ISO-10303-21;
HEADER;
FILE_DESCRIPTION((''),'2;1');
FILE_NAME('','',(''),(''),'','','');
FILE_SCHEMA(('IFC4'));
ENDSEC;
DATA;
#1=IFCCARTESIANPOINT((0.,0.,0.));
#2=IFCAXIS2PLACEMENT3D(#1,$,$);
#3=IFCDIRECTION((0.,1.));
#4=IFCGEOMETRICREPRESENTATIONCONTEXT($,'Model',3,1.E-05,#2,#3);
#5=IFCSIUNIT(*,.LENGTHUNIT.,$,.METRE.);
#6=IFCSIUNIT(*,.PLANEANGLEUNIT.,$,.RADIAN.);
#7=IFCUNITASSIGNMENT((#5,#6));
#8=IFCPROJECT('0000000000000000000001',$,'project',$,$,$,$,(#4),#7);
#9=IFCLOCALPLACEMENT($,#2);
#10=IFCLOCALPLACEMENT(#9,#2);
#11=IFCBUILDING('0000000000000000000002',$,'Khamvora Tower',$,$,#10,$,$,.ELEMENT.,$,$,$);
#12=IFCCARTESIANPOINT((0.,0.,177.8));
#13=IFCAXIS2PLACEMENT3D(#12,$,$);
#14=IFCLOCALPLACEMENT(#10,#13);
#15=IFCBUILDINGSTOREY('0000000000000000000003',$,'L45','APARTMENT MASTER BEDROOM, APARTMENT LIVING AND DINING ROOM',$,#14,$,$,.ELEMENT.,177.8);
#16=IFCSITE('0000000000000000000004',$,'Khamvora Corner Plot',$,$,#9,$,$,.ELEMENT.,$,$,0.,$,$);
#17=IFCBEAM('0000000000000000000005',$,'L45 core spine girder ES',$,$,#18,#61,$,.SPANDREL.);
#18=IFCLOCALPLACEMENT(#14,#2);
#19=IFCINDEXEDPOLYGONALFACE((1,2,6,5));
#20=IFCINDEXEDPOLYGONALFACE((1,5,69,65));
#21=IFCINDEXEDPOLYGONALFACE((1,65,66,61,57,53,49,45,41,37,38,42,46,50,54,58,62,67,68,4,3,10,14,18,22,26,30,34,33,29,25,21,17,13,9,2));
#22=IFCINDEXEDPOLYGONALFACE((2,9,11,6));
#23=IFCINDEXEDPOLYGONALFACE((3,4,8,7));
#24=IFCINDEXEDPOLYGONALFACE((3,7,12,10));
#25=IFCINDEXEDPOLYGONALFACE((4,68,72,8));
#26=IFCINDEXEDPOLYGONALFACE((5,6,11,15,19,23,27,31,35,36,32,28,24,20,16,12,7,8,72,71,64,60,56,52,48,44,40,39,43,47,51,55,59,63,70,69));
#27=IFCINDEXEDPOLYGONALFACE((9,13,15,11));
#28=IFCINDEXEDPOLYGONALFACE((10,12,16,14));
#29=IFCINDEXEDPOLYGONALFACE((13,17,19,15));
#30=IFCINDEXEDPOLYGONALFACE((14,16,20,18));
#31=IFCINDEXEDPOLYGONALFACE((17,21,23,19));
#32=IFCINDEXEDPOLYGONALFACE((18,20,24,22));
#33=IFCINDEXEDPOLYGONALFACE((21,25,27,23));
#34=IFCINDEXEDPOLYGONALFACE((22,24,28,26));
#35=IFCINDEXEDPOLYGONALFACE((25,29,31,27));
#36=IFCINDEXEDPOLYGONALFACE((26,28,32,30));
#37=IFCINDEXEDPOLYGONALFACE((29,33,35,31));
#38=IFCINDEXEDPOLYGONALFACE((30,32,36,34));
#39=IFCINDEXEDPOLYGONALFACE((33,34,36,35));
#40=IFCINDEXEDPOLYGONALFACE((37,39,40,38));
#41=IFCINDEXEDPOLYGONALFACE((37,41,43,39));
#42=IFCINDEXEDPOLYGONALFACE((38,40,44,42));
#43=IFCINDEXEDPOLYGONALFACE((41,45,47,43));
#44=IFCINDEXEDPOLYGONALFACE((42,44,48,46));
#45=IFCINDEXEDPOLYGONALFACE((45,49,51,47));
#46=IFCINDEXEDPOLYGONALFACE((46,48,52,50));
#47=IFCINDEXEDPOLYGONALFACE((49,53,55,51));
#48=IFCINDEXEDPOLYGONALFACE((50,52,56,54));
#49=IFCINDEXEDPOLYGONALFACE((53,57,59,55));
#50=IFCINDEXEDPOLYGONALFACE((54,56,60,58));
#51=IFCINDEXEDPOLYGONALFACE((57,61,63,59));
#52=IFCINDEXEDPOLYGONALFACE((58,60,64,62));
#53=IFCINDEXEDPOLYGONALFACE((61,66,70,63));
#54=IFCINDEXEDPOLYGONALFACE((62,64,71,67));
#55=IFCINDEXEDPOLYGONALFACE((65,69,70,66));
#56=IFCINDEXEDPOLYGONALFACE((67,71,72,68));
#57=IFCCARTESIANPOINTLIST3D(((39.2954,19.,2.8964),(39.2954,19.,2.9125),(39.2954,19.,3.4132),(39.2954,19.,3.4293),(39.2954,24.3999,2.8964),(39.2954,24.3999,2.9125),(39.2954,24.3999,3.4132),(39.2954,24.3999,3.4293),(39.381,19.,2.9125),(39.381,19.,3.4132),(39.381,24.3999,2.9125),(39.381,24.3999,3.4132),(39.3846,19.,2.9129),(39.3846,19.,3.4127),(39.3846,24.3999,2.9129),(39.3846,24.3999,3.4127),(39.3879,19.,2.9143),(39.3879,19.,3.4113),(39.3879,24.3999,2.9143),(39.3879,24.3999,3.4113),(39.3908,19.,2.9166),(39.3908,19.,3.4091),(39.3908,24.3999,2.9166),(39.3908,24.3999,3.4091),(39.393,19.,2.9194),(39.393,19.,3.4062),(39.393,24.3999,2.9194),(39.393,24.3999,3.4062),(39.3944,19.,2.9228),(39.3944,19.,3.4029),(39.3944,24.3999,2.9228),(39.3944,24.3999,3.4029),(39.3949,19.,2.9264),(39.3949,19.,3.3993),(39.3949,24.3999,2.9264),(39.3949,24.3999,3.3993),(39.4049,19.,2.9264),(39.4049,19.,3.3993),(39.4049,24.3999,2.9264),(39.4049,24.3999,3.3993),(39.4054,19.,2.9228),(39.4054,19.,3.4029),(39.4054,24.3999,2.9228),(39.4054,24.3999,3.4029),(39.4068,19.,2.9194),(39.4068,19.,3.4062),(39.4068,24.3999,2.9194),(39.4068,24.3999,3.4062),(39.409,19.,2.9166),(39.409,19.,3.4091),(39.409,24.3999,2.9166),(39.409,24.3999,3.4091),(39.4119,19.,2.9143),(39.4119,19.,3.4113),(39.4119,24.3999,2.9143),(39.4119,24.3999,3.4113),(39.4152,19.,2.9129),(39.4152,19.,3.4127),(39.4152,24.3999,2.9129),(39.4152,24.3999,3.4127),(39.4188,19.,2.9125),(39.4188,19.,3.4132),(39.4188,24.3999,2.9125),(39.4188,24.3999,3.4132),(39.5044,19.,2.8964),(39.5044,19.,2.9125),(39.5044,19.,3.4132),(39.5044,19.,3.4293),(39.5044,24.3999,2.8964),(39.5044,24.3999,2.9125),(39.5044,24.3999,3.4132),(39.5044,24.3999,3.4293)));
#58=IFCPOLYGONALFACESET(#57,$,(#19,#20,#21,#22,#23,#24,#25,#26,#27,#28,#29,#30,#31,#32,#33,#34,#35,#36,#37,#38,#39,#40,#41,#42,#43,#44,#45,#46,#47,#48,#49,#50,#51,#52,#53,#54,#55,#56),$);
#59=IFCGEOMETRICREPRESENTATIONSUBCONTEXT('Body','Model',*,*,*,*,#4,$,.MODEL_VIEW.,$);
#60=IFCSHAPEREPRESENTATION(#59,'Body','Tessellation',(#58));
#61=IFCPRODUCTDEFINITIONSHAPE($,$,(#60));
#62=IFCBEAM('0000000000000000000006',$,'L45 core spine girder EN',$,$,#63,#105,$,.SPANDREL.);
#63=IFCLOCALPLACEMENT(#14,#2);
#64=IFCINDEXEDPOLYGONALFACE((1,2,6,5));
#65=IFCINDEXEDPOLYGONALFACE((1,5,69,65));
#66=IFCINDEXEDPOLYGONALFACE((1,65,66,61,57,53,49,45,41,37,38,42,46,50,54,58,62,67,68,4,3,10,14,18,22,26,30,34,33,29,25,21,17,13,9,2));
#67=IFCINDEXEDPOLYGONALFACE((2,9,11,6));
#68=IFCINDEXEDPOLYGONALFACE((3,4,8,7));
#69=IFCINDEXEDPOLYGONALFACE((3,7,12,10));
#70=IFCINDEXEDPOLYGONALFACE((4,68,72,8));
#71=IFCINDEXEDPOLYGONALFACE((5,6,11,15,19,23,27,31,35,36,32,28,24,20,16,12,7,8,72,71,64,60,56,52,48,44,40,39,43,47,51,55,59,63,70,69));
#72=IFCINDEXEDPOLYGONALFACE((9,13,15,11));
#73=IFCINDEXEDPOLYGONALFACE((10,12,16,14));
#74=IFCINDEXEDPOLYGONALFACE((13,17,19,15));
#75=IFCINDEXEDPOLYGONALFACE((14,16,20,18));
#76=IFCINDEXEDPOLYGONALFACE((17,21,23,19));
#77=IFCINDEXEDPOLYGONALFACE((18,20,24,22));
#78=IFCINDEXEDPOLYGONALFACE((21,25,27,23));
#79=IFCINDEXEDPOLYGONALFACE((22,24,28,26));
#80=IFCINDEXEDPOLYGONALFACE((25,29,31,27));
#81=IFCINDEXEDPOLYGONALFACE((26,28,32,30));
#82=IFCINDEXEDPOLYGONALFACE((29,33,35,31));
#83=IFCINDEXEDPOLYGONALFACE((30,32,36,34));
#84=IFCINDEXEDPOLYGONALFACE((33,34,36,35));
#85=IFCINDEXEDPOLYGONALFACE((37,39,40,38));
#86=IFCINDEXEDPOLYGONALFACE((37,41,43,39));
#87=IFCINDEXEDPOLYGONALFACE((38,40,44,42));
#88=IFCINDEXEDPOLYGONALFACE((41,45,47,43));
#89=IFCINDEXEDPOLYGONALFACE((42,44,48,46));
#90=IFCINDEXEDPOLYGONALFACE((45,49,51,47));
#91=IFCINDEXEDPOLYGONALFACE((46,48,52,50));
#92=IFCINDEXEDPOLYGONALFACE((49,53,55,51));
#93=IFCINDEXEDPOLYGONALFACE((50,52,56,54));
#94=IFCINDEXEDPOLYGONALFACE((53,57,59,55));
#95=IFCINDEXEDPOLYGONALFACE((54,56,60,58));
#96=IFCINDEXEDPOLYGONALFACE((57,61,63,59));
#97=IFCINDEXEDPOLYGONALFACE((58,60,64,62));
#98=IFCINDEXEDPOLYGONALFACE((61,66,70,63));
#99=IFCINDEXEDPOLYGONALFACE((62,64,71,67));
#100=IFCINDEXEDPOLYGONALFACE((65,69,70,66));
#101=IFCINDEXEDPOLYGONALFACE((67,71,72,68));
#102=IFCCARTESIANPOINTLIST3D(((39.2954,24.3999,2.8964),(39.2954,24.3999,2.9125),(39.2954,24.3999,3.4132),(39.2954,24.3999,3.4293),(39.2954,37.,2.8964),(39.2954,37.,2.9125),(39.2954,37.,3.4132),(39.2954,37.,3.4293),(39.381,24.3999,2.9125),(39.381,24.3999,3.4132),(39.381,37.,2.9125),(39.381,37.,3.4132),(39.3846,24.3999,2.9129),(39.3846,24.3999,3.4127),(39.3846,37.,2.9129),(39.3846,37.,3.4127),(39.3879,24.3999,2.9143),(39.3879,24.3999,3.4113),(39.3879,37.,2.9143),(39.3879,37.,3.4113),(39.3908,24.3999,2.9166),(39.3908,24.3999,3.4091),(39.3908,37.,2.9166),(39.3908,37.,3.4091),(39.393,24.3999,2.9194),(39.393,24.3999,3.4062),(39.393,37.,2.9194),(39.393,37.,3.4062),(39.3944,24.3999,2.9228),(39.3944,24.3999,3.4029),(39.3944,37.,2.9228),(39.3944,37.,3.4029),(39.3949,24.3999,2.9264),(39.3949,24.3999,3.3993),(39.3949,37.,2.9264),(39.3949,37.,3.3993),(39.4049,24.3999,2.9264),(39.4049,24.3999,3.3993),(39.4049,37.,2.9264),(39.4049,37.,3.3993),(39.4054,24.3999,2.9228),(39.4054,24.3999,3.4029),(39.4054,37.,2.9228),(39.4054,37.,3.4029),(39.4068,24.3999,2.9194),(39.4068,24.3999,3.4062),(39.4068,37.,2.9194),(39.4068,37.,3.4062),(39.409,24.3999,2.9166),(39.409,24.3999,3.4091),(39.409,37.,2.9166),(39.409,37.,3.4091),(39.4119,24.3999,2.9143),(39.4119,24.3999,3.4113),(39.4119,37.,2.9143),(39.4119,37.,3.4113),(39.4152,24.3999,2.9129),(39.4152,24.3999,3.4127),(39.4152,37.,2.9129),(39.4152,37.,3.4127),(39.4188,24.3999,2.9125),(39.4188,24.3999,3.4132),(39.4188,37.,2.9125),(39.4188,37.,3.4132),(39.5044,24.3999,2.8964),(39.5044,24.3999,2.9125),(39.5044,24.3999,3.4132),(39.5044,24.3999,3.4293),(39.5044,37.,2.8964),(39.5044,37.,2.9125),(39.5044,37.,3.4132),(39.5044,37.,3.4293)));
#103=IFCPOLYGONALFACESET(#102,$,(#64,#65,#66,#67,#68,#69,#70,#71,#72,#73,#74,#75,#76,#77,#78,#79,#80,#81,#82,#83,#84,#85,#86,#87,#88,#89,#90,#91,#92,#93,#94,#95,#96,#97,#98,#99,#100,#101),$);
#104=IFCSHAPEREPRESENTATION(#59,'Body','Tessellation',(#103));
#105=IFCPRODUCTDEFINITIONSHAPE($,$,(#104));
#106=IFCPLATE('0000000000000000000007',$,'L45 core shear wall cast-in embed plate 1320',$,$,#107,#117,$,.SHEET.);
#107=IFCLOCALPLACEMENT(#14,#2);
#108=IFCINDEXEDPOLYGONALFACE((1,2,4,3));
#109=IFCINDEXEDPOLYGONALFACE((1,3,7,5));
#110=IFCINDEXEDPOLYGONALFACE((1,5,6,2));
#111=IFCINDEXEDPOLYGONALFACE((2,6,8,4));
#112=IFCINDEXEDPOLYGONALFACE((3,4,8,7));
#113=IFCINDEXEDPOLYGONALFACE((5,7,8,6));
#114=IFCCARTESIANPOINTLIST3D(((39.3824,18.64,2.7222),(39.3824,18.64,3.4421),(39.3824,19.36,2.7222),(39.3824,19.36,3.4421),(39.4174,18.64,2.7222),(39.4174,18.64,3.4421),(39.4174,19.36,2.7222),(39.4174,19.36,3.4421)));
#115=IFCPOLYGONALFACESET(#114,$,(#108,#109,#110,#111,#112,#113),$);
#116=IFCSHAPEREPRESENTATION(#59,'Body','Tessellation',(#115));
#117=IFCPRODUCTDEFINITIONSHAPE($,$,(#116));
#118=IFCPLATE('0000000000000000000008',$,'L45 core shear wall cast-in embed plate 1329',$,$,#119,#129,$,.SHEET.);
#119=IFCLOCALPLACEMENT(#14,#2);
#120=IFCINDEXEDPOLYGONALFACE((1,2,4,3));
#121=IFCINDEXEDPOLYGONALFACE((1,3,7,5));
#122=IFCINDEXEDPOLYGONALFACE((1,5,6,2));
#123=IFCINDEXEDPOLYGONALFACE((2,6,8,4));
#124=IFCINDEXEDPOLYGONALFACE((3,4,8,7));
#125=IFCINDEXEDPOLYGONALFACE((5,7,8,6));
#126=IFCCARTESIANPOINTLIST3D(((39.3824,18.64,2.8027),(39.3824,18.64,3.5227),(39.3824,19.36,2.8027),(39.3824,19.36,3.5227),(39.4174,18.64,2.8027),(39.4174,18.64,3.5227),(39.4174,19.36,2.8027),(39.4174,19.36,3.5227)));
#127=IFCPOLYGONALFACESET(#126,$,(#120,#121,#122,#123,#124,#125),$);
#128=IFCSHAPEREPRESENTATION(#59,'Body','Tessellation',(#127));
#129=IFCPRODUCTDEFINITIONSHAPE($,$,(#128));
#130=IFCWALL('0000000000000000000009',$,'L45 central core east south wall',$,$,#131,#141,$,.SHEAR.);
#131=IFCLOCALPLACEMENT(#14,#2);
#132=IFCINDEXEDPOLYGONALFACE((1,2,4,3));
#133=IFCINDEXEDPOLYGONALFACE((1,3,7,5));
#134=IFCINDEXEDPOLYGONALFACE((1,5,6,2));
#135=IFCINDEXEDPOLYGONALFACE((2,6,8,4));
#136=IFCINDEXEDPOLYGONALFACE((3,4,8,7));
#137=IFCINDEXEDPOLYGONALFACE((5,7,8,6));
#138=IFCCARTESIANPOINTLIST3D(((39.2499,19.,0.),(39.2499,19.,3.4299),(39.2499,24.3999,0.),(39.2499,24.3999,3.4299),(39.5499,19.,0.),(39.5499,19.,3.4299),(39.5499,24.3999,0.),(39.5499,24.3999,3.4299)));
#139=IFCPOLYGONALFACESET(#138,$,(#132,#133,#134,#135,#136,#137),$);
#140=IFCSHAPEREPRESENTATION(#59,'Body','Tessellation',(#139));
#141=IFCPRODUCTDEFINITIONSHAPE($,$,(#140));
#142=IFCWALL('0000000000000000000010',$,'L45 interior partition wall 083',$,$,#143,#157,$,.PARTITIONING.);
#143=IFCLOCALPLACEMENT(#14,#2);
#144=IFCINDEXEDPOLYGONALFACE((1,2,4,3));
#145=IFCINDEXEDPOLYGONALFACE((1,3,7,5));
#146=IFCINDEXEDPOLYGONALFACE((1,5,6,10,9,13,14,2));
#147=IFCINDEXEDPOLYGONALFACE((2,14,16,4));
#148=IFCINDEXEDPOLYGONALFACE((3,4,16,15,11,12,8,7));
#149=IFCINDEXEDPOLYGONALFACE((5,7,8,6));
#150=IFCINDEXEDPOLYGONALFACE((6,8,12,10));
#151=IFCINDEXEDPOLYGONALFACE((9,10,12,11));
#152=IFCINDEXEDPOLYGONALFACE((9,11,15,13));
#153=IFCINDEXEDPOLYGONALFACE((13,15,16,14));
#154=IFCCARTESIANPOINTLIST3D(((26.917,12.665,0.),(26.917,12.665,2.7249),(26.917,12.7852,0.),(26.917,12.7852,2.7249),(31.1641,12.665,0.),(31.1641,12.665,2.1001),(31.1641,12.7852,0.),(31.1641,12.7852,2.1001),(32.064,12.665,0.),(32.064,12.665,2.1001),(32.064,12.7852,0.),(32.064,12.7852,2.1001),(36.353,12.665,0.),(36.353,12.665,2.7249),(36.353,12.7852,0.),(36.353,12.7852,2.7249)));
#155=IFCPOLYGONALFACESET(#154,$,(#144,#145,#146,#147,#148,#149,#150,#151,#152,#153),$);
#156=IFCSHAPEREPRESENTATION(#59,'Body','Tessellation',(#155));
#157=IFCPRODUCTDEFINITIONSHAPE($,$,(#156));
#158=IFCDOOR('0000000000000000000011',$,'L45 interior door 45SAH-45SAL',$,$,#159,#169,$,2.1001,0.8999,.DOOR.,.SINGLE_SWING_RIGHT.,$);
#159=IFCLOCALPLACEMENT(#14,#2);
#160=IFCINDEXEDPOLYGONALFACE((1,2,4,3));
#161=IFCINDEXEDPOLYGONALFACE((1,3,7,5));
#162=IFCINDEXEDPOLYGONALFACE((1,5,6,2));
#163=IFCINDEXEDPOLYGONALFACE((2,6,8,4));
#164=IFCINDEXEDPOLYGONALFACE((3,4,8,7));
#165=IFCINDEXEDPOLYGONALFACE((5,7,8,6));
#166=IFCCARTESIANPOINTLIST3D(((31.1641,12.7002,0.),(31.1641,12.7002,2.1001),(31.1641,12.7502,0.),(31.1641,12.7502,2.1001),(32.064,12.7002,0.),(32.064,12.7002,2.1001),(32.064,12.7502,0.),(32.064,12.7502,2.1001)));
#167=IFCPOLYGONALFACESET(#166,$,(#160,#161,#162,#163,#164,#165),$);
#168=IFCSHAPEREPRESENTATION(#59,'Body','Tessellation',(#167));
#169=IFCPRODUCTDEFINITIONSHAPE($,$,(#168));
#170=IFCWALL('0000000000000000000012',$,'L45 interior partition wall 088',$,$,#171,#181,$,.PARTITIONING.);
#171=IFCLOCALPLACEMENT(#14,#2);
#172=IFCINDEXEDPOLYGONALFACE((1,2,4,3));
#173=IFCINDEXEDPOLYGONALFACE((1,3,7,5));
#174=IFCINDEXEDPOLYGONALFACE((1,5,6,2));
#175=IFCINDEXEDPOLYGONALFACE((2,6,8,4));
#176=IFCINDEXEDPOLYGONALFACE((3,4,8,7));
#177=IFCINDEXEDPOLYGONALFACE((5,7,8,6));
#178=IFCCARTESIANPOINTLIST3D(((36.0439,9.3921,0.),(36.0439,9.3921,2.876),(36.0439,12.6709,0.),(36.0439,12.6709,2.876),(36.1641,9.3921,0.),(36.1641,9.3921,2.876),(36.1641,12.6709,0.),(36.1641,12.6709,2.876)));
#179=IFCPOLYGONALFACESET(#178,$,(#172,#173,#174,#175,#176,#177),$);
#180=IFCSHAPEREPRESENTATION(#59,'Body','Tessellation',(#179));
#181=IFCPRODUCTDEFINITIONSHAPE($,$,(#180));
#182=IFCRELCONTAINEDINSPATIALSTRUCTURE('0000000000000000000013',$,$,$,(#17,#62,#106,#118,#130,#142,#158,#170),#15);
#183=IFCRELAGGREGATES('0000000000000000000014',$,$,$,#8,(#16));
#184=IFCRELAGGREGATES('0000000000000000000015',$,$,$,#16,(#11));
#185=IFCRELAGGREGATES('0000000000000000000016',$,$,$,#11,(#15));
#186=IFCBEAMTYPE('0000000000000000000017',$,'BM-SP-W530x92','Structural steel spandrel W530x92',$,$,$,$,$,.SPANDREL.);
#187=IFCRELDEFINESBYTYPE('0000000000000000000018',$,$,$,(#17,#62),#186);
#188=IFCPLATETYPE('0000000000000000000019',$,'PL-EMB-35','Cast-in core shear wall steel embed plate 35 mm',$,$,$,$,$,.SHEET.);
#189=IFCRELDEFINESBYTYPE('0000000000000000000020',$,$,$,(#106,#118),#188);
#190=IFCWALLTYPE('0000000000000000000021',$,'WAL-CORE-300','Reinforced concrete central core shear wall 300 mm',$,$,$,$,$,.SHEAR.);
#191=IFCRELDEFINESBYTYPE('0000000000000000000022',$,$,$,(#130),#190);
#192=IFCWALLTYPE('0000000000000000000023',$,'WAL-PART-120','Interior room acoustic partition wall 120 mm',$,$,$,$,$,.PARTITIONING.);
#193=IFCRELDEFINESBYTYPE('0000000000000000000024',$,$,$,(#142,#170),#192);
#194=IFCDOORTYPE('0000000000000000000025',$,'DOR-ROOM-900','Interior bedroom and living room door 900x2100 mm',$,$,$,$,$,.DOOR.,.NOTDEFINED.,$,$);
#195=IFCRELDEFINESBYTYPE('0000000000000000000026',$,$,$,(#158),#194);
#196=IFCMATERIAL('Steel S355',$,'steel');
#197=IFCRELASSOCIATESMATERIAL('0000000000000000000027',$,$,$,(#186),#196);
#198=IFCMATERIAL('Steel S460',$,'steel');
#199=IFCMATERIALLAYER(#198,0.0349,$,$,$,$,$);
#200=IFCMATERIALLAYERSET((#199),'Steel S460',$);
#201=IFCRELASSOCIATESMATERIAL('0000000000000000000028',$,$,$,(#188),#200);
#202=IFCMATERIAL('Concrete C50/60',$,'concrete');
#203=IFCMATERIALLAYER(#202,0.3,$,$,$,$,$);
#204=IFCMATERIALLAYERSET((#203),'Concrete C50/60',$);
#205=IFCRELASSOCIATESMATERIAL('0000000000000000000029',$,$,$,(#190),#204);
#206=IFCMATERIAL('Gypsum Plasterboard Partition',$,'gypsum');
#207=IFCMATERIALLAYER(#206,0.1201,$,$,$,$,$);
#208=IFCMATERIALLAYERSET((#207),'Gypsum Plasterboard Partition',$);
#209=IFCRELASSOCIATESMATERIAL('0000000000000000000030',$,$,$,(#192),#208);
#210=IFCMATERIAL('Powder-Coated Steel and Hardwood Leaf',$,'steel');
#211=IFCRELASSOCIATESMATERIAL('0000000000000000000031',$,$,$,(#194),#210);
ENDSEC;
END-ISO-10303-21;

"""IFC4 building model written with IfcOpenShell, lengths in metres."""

from ifc_helpers import new_model, si_unit, direction, frame, frame_2d, origin, origin_2d, place, context, subcontext, project, spatial, rectangle, i_section, extrude, material, layer, layer_set, material_profile, profile_set, type_object, element, fill, save


model = new_model("IFC4")

# Units and contexts
model_context = context("Model", 3, precision=1e-05, world=origin(), true_north=direction((0.0, 1.0)))
body_context = subcontext(model_context, "Body", "Model", "MODEL_VIEW")
ifc_project = project(units=[si_unit("LENGTHUNIT", "METRE"), si_unit("PLANEANGLEUNIT", "RADIAN")], contexts=[model_context])

# Site, building, storey
site_placement = place(None, origin())
site = spatial("IfcSite", under=ifc_project, at=site_placement, Name="Khamvora Corner Plot", CompositionType="ELEMENT", RefElevation=0.0)
building_placement = place(site_placement, origin())
building = spatial("IfcBuilding", under=site, at=building_placement, Name="Khamvora Tower", CompositionType="ELEMENT")
storey_placement = place(building_placement, frame((0.0, 0.0, 177.8)))
storey = spatial("IfcBuildingStorey", under=building, at=storey_placement, Name="L45", Description="APARTMENT MASTER BEDROOM, APARTMENT LIVING AND DINING ROOM", CompositionType="ELEMENT", Elevation=177.8)

# Shared definitions
ifc_material_1 = material(Name="Steel S460", Category="steel")

# Beams
ifc_material_2 = material(Name="Steel S355", Category="steel")
ifc_material_profile_1 = material_profile(ifc_material_2, i_section(OverallWidth=0.209, OverallDepth=0.533, WebThickness=0.01, FlangeThickness=0.0161, FilletRadius=0.0139, at=origin_2d()), Name="W530x92")
ifc_profile_set_1 = profile_set([ifc_material_profile_1], Name="Steel S355")
beam_type_1 = type_object("IfcBeamType", Name="BM-SP-W530x92", Description="Structural steel spandrel W530x92", PredefinedType="SPANDREL", material=ifc_profile_set_1)
beam_1_placement = place(storey_placement, frame((39.3999, 19.0, 3.1628), z_axis=(0.0, 1.0, 0.0), x_axis=(-1.0, 0.0, 0.0)))
element("IfcBeam", 1, at=beam_1_placement, inside=storey, type_object=beam_type_1, Name="L45 core spine girder ES", PredefinedType="SPANDREL", context=body_context, shape_type="SweptSolid", body=[
    extrude(i_section(OverallWidth=0.209, OverallDepth=0.533, WebThickness=0.01, FlangeThickness=0.0161, FilletRadius=0.0139, at=origin_2d()), origin(), (0.0, 0.0, 1.0), 5.3999),
])
beam_2_placement = place(storey_placement, frame((39.3999, 24.3999, 3.1628), z_axis=(0.0, 1.0, 0.0), x_axis=(-1.0, 0.0, 0.0)))
element("IfcBeam", 2, at=beam_2_placement, inside=storey, type_object=beam_type_1, Name="L45 core spine girder EN", PredefinedType="SPANDREL", context=body_context, shape_type="SweptSolid", body=[
    extrude(i_section(OverallWidth=0.209, OverallDepth=0.533, WebThickness=0.01, FlangeThickness=0.0161, FilletRadius=0.0139, at=origin_2d()), origin(), (0.0, 0.0, 1.0), 12.6001),
])

# Plates
ifc_layer_1 = layer(ifc_material_1, 0.0349)
ifc_layer_set_1 = layer_set([ifc_layer_1], Name="Steel S460")
plate_type = type_object("IfcPlateType", Name="PL-EMB-35", Description="Cast-in core shear wall steel embed plate 35 mm", PredefinedType="SHEET", material=ifc_layer_set_1)
for number, where, z_axis, x_axis, name in (
    (3, (39.3999, 19.0, 2.7222), (0.0, 0.0, 1.0), (1.0, 0.0, 0.0), "L45 core shear wall cast-in embed plate 1320"),
    (4, (39.3999, 19.0, 2.8027), (0.0, 0.0, 1.0), (1.0, 0.0, 0.0), "L45 core shear wall cast-in embed plate 1329"),
):
    element("IfcPlate", number, at=place(storey_placement, frame(where, z_axis=z_axis, x_axis=x_axis)), inside=storey, type_object=plate_type, Name=name, PredefinedType="SHEET", context=body_context, shape_type="SweptSolid", body=[
        extrude(rectangle(XDim=0.0349, YDim=0.72, at=origin_2d()), origin(), (0.0, 0.0, 1.0), 0.72),
    ])

# Wall
ifc_material_3 = material(Name="Concrete C50/60", Category="concrete")
ifc_layer_2 = layer(ifc_material_3, 0.3)
ifc_layer_set_2 = layer_set([ifc_layer_2], Name="Concrete C50/60")
wall_type_1 = type_object("IfcWallType", Name="WAL-CORE-300", Description="Reinforced concrete central core shear wall 300 mm", PredefinedType="SHEAR", material=ifc_layer_set_2)
wall_1_placement = place(storey_placement, frame((39.3999, 19.0, 0.0), z_axis=(0.0, 0.0, 1.0), x_axis=(0.0, 1.0, 0.0)))
element("IfcWall", 5, at=wall_1_placement, inside=storey, type_object=wall_type_1, Name="L45 central core east south wall", PredefinedType="SHEAR", context=body_context, shape_type="SweptSolid", body=[
    extrude(rectangle(XDim=5.3999, YDim=0.3, at=frame_2d((2.7, 0.0))), origin(), (0.0, 0.0, 1.0), 3.4299),
])

# Shared definitions
ifc_material_4 = material(Name="Powder-Coated Steel and Hardwood Leaf", Category="steel")

# Wall, opening, door
ifc_material_5 = material(Name="Gypsum Plasterboard Partition", Category="gypsum")
ifc_layer_3 = layer(ifc_material_5, 0.1201)
ifc_layer_set_3 = layer_set([ifc_layer_3], Name="Gypsum Plasterboard Partition")
wall_type_2 = type_object("IfcWallType", Name="WAL-PART-120", Description="Interior room acoustic partition wall 120 mm", PredefinedType="PARTITIONING", material=ifc_layer_set_3)
wall_2_placement = place(storey_placement, frame((36.353, 12.7251, 0.0), z_axis=(0.0, 0.0, 1.0), x_axis=(-1.0, 0.0, 0.0)))
wall_2 = element("IfcWall", 6, at=wall_2_placement, inside=storey, type_object=wall_type_2, Name="L45 interior partition wall 083", PredefinedType="PARTITIONING", context=body_context, shape_type="SweptSolid", body=[
    extrude(rectangle(XDim=9.436, YDim=0.1201, at=frame_2d((4.718, 0.0))), origin(), (0.0, 0.0, 1.0), 2.7249),
])
opening_1_placement = place(wall_2_placement, frame((4.2891, 0.0, 0.0)))
opening_1 = element("IfcOpeningElement", 7, at=opening_1_placement, cuts=wall_2, PredefinedType="OPENING", context=body_context, shape_type="SweptSolid", body=[
    extrude(rectangle(XDim=0.8999, YDim=2.1001, at=frame_2d((0.45, 1.05))), frame((0.0, 0.0701, 0.0), z_axis=(0.0, -1.0, 0.0), x_axis=(1.0, 0.0, 0.0)), (0.0, 0.0, 1.0), 0.1401),
])
door_type_1 = type_object("IfcDoorType", Name="DOR-ROOM-900", Description="Interior bedroom and living room door 900x2100 mm", OperationType="NOTDEFINED", PredefinedType="DOOR", material=ifc_material_4)
door_1_placement = place(opening_1_placement, origin())
door_1 = element("IfcDoor", 8, at=door_1_placement, inside=storey, type_object=door_type_1, Name="L45 interior door 45SAH-45SAL", OperationType="SINGLE_SWING_RIGHT", OverallHeight=2.1001, OverallWidth=0.8999, PredefinedType="DOOR", context=body_context, shape_type="SweptSolid", body=[
    extrude(rectangle(XDim=0.8999, YDim=2.1001, at=frame_2d((0.45, 1.05))), frame((0.0, 0.0249, 0.0), z_axis=(0.0, -1.0, 0.0), x_axis=(1.0, 0.0, 0.0)), (0.0, 0.0, 1.0), 0.05),
])
fill(opening_1, door_1)

# Wall
wall_3_placement = place(storey_placement, frame((36.104, 12.6709, 0.0), z_axis=(0.0, 0.0, 1.0), x_axis=(0.0, -1.0, 0.0)))
element("IfcWall", 9, at=wall_3_placement, inside=storey, type_object=wall_type_2, Name="L45 interior partition wall 088", PredefinedType="PARTITIONING", context=body_context, shape_type="SweptSolid", body=[
    extrude(rectangle(XDim=3.2788, YDim=0.1201, at=frame_2d((1.6394, 0.0))), origin(), (0.0, 0.0, 1.0), 2.876),
])

save(model, "model.ifc")
